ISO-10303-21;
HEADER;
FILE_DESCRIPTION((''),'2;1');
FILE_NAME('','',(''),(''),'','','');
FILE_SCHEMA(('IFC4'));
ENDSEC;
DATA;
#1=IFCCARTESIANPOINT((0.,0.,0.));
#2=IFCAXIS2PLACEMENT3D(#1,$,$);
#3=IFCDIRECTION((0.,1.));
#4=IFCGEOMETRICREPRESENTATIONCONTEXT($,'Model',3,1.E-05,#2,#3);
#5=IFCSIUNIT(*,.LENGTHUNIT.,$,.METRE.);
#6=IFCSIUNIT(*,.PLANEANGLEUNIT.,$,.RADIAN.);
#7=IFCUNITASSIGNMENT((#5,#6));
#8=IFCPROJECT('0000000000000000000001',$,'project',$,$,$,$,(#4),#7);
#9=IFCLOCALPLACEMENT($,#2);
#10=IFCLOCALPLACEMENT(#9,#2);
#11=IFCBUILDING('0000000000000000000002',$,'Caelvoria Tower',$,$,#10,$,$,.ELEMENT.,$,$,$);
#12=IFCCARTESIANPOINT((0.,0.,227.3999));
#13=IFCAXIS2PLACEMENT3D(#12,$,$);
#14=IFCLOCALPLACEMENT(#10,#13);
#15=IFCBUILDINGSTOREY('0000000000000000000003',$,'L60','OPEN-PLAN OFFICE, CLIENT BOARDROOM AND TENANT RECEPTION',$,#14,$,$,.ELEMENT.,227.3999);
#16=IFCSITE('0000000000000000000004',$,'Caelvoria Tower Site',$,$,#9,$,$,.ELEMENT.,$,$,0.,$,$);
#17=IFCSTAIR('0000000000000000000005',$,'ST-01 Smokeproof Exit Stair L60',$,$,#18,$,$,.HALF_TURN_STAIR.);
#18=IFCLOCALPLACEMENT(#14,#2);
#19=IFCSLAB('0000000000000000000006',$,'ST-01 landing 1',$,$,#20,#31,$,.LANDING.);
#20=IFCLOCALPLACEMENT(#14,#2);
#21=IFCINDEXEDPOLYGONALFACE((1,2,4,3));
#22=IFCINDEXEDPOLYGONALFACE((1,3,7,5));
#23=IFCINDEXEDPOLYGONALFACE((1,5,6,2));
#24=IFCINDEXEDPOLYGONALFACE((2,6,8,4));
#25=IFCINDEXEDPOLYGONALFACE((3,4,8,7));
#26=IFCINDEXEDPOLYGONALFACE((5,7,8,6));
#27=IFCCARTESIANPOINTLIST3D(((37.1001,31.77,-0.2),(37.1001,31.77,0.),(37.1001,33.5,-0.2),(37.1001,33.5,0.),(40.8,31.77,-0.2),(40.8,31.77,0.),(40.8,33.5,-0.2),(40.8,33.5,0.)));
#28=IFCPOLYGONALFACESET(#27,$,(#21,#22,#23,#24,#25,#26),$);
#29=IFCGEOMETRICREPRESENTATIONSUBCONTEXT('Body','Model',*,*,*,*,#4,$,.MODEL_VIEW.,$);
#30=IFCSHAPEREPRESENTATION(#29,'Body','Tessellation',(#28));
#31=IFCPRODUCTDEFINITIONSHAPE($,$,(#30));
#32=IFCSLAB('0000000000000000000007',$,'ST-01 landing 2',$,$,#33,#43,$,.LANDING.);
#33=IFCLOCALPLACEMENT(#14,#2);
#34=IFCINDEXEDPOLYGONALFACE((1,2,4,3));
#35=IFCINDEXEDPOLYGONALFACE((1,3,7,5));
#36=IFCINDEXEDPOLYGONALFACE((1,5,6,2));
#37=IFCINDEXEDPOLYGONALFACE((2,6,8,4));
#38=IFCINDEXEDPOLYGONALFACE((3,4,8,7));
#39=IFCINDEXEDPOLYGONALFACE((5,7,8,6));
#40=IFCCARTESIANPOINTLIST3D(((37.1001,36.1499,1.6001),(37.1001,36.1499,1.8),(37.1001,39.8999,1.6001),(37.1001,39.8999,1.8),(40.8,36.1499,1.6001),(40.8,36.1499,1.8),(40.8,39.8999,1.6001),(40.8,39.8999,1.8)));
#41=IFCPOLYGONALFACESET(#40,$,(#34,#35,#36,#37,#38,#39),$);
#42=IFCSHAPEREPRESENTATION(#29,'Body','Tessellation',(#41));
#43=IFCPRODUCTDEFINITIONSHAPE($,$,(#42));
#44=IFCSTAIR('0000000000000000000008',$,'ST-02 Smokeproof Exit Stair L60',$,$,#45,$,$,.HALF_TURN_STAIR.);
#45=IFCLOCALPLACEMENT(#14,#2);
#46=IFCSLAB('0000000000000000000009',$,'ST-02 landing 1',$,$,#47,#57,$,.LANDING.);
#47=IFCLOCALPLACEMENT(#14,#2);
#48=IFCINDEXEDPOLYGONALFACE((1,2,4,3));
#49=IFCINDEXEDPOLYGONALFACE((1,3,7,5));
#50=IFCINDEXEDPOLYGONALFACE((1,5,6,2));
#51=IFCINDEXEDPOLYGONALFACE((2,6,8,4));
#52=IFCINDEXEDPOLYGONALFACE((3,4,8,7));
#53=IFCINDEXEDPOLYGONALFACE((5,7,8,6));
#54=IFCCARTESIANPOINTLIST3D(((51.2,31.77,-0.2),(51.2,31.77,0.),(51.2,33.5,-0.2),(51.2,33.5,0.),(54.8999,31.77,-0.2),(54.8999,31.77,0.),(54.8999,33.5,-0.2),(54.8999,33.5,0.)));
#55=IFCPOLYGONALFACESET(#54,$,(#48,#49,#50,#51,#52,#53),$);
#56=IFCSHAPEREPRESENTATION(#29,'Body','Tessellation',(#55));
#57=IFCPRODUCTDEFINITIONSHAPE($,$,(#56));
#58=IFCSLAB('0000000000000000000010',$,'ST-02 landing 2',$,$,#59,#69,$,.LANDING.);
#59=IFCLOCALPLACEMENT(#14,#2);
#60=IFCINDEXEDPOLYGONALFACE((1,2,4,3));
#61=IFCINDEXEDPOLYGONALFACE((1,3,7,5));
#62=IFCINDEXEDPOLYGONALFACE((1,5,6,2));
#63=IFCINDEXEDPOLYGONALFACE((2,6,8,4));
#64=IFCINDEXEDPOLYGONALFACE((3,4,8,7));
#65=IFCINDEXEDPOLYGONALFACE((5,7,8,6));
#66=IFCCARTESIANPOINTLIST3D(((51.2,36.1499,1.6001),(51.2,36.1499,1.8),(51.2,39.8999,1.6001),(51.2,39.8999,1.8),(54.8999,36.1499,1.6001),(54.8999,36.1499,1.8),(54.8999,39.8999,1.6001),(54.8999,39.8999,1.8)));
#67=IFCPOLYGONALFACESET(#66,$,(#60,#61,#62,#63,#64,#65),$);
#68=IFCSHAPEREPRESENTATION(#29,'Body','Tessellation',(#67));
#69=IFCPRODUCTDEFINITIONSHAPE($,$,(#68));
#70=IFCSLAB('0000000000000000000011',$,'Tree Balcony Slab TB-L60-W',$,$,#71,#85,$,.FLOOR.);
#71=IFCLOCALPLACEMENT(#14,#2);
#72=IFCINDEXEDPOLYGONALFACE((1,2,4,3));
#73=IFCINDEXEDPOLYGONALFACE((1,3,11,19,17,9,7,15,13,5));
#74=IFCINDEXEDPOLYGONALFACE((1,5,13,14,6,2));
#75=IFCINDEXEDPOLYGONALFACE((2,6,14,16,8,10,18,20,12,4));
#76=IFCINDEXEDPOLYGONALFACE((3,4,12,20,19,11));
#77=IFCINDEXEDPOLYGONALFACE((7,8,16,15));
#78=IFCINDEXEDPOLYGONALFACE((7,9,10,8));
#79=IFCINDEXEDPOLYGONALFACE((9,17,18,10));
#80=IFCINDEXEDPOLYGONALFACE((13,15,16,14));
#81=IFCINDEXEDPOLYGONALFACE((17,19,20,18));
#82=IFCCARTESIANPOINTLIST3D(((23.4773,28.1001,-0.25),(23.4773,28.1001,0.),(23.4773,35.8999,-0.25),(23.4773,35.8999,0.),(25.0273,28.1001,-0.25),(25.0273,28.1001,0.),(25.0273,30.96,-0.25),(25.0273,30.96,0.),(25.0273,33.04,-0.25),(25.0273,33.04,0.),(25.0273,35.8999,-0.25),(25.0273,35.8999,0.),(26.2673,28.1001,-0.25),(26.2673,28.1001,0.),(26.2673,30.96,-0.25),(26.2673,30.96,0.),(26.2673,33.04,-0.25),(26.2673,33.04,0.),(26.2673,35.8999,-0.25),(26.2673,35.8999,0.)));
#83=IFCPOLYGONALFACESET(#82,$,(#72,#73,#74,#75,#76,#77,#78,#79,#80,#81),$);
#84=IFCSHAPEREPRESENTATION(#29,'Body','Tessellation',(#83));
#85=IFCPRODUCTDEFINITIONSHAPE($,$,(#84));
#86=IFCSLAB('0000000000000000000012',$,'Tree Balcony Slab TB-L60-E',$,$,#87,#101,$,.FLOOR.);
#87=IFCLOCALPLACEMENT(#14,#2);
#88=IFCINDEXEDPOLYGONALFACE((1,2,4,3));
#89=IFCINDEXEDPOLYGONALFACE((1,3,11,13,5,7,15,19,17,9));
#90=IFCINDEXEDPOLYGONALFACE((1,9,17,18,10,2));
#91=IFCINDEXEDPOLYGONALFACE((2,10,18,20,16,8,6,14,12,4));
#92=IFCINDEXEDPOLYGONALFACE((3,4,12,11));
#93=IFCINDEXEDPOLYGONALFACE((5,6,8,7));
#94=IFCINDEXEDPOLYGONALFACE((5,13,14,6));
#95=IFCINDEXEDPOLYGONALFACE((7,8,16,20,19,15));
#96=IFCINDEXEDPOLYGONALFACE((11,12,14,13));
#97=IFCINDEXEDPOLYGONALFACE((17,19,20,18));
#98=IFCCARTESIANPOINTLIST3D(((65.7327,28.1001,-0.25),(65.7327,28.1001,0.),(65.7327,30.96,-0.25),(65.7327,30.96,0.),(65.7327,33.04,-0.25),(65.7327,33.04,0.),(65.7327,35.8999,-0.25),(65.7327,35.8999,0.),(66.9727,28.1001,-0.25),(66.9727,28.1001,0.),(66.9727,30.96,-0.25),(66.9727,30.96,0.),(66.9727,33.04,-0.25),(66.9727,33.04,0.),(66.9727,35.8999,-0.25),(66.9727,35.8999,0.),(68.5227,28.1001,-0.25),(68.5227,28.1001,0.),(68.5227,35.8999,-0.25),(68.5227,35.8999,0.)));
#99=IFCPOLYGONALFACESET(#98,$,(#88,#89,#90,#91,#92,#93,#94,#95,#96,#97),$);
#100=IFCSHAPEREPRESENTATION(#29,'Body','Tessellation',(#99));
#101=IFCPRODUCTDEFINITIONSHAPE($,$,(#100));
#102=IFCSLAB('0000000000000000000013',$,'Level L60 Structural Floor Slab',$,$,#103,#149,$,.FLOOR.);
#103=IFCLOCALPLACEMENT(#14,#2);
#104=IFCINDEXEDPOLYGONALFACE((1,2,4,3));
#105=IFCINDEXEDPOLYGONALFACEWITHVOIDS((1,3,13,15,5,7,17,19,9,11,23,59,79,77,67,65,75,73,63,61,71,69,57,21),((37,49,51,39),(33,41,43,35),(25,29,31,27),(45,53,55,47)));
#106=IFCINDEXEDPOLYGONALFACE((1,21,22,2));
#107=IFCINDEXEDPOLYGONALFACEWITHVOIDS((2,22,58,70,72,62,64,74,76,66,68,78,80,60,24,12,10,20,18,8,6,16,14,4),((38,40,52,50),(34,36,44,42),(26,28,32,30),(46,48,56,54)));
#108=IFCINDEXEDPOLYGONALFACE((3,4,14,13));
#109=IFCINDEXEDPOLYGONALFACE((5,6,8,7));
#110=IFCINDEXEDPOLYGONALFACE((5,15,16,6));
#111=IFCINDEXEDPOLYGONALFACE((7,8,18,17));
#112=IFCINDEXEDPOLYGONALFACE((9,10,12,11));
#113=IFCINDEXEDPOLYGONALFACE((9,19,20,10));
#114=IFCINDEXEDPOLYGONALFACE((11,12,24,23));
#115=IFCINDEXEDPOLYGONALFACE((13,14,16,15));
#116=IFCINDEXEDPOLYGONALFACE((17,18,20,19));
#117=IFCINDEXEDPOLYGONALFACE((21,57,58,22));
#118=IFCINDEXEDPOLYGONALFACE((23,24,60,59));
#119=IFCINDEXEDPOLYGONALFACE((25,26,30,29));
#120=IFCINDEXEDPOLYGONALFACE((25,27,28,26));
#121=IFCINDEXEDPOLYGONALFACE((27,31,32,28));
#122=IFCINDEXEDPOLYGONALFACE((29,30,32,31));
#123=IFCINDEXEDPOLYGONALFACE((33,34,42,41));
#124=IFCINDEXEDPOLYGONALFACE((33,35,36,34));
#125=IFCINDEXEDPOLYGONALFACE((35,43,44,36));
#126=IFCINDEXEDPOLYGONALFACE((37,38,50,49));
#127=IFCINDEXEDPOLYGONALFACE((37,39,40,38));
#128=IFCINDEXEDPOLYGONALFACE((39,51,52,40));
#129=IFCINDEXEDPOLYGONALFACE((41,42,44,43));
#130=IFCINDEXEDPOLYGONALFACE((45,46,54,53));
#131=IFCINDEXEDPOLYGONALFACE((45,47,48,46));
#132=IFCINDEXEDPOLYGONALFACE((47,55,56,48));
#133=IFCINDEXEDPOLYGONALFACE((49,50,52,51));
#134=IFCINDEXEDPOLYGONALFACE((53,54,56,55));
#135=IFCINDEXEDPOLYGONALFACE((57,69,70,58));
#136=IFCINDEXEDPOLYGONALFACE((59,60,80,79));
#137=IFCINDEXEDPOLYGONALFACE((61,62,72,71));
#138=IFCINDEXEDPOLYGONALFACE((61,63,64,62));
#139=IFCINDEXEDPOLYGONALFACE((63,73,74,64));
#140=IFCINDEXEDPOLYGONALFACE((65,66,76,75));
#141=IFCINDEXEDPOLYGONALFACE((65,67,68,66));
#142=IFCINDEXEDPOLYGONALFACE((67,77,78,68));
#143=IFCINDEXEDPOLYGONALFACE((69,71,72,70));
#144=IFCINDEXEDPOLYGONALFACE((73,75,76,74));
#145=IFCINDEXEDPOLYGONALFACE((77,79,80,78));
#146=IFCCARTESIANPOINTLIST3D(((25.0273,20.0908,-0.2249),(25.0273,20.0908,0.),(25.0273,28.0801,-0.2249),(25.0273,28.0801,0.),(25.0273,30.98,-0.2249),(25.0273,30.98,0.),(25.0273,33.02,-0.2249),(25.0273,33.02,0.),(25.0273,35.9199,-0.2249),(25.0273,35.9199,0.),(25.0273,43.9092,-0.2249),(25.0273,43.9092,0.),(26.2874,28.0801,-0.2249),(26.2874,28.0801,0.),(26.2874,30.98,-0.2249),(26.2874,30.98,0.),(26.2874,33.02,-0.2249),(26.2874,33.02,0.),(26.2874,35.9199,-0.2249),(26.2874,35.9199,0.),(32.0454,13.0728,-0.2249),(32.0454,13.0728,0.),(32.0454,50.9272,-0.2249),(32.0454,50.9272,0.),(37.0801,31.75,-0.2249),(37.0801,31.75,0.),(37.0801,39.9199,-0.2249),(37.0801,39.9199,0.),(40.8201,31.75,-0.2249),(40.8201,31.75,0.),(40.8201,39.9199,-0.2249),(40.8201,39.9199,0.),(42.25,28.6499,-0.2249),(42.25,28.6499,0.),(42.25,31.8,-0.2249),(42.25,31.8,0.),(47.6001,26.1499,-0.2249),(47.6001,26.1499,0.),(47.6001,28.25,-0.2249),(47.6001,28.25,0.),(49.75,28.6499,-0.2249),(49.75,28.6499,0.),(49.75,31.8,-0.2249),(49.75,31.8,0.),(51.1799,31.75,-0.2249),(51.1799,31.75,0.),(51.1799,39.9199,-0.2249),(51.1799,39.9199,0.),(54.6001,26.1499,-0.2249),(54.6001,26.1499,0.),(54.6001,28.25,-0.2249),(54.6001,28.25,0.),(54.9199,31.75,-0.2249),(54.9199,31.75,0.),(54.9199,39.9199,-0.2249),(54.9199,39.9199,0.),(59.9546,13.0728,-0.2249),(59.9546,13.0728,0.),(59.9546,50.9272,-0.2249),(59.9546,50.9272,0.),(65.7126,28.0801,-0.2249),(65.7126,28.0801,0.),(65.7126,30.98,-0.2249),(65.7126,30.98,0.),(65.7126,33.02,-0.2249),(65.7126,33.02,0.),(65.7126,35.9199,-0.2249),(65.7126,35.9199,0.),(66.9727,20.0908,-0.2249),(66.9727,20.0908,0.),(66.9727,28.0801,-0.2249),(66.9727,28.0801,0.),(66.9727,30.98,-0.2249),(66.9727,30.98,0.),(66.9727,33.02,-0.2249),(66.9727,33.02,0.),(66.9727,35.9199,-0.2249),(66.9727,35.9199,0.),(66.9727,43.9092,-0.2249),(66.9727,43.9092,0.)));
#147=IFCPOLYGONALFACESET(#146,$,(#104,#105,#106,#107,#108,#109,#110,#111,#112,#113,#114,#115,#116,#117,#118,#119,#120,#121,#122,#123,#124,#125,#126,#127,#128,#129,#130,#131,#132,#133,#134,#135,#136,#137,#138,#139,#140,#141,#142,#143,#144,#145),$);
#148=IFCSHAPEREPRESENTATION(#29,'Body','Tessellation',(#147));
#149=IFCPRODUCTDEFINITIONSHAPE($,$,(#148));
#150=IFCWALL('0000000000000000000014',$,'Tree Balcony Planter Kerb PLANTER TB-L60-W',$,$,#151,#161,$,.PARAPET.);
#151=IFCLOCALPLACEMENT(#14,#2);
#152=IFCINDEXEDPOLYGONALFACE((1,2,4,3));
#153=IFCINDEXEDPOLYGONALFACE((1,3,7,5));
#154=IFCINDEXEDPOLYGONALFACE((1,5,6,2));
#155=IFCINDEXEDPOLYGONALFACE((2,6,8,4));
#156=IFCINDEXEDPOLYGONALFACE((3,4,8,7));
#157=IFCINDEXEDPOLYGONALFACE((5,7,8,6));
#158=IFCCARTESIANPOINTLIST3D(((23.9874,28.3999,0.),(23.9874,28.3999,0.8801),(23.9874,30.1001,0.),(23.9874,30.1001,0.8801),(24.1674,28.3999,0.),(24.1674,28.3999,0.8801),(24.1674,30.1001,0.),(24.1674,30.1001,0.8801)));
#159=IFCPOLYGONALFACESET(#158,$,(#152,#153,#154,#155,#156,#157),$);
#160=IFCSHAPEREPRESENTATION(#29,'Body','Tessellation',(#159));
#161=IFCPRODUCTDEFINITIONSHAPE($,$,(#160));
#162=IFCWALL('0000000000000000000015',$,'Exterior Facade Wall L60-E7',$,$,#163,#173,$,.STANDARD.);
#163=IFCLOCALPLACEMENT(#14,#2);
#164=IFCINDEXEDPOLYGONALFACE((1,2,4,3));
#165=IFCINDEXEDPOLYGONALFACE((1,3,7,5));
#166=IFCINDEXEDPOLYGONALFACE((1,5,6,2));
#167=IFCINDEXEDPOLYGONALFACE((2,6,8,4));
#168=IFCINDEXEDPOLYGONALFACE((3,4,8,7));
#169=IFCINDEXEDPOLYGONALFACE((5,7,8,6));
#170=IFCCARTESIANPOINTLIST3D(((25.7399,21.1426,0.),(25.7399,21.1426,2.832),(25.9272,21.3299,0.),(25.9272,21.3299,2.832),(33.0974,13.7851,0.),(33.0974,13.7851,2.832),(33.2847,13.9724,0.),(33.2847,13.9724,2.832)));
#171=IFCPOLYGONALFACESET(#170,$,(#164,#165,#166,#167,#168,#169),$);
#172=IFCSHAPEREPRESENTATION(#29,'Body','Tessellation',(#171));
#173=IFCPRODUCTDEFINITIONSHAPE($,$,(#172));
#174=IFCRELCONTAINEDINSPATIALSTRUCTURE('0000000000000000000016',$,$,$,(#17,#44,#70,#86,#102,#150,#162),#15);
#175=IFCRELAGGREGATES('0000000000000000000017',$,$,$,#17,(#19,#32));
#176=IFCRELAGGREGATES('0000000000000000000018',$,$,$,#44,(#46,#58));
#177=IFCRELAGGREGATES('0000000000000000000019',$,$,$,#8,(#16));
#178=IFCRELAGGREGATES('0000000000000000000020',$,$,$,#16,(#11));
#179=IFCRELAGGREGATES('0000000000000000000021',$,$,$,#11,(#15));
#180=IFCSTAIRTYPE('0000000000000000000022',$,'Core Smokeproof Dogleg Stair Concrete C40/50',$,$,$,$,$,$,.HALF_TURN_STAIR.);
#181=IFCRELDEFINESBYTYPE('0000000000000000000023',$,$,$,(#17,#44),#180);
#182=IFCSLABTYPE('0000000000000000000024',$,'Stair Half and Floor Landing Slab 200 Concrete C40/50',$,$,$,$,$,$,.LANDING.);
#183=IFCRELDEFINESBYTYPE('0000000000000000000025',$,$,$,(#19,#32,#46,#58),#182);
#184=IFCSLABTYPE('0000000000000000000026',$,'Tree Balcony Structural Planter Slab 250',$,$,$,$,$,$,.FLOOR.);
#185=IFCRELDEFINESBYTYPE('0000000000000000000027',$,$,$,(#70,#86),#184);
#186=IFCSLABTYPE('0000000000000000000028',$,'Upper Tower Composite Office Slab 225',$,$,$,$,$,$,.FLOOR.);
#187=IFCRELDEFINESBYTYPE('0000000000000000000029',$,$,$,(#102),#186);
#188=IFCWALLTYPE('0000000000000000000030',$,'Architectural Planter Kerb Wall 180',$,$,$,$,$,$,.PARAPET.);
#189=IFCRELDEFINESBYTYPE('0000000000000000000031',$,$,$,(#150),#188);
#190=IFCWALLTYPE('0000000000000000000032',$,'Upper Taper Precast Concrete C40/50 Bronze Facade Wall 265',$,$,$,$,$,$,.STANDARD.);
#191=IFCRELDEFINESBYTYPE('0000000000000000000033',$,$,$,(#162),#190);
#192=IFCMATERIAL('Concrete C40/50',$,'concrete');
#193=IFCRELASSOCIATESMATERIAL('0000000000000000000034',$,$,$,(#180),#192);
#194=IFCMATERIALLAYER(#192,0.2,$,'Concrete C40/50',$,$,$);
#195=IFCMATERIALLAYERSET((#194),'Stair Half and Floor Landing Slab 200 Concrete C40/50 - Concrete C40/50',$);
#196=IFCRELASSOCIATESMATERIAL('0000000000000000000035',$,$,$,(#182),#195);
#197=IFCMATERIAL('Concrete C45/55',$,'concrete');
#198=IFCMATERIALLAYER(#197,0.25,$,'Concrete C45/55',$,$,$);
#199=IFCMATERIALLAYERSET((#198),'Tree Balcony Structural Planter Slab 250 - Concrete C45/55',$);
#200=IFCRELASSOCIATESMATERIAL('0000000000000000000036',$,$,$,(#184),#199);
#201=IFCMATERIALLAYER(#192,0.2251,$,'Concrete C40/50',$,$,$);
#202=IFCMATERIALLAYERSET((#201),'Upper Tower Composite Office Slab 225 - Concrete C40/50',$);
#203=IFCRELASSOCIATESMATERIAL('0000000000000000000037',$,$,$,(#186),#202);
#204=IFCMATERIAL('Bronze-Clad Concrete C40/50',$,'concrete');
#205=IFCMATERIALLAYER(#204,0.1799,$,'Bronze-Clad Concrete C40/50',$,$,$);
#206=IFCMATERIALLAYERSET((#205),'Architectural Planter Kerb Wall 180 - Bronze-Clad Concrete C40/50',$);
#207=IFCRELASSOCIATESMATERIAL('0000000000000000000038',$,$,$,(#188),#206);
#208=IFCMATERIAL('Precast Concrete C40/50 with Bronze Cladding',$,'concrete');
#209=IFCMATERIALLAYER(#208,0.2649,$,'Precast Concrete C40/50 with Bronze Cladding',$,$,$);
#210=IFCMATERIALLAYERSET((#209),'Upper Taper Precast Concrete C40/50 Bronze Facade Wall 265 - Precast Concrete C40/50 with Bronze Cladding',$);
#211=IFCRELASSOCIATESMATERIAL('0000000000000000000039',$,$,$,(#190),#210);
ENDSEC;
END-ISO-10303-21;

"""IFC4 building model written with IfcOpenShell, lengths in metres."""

from ifc_helpers import new_model, si_unit, direction, frame, frame_2d, origin, place, context, subcontext, project, spatial, polyline, rectangle, outline, extrude, material, layer, layer_set, type_object, element, aggregate, save


model = new_model("IFC4")

# Units and contexts
model_context = context("Model", 3, precision=1e-05, world=origin(), true_north=direction((0.0, 1.0)))
body_context = subcontext(model_context, "Body", "Model", "MODEL_VIEW")
ifc_project = project(units=[si_unit("LENGTHUNIT", "METRE"), si_unit("PLANEANGLEUNIT", "RADIAN")], contexts=[model_context])

# Site, building, storey
site_placement = place(None, origin())
site = spatial("IfcSite", under=ifc_project, at=site_placement, Name="Caelvoria Tower Site", CompositionType="ELEMENT", RefElevation=0.0)
building_placement = place(site_placement, origin())
building = spatial("IfcBuilding", under=site, at=building_placement, Name="Caelvoria Tower", CompositionType="ELEMENT")
storey_placement = place(building_placement, frame((0.0, 0.0, 227.3999)))
storey = spatial("IfcBuildingStorey", under=building, at=storey_placement, Name="L60", Description="OPEN-PLAN OFFICE, CLIENT BOARDROOM AND TENANT RECEPTION", CompositionType="ELEMENT", Elevation=227.3999)

# Stairs, slabs
ifc_material_1 = material(Name="Concrete C40/50", Category="concrete")
stair_type = type_object("IfcStairType", Name="Core Smokeproof Dogleg Stair Concrete C40/50", PredefinedType="HALF_TURN_STAIR", material=ifc_material_1)
stair_1_placement = place(storey_placement, origin())
stair_1 = element("IfcStair", 1, at=stair_1_placement, inside=storey, type_object=stair_type, Name="ST-01 Smokeproof Exit Stair L60", PredefinedType="HALF_TURN_STAIR")
ifc_layer_1 = layer(ifc_material_1, 0.2, Name="Concrete C40/50")
ifc_layer_set_1 = layer_set([ifc_layer_1], Name="Stair Half and Floor Landing Slab 200 Concrete C40/50 - Concrete C40/50")
slab_type_1 = type_object("IfcSlabType", Name="Stair Half and Floor Landing Slab 200 Concrete C40/50", PredefinedType="LANDING", material=ifc_layer_set_1)
slab_1_placement = place(storey_placement, frame((0.0, 0.0, -0.2)))
slab_1 = element("IfcSlab", 2, at=slab_1_placement, type_object=slab_type_1, Name="ST-01 landing 1", PredefinedType="LANDING", context=body_context, shape_type="SweptSolid", body=[
    extrude(outline(polyline([(37.1001, 31.77), (40.8, 31.77), (40.8, 33.5), (37.1001, 33.5), (37.1001, 31.77)])), origin(), (0.0, 0.0, 1.0), 0.2),
])
slab_2_placement = place(storey_placement, frame((0.0, 0.0, 1.6001)))
slab_2 = element("IfcSlab", 3, at=slab_2_placement, type_object=slab_type_1, Name="ST-01 landing 2", PredefinedType="LANDING", context=body_context, shape_type="SweptSolid", body=[
    extrude(outline(polyline([(37.1001, 36.1499), (40.8, 36.1499), (40.8, 39.8999), (37.1001, 39.8999), (37.1001, 36.1499)])), origin(), (0.0, 0.0, 1.0), 0.2),
])
aggregate(stair_1, [slab_1, slab_2])
stair_2_placement = place(storey_placement, origin())
stair_2 = element("IfcStair", 4, at=stair_2_placement, inside=storey, type_object=stair_type, Name="ST-02 Smokeproof Exit Stair L60", PredefinedType="HALF_TURN_STAIR")
slab_3_placement = place(storey_placement, frame((0.0, 0.0, -0.2)))
slab_3 = element("IfcSlab", 5, at=slab_3_placement, type_object=slab_type_1, Name="ST-02 landing 1", PredefinedType="LANDING", context=body_context, shape_type="SweptSolid", body=[
    extrude(outline(polyline([(51.2, 31.77), (54.8999, 31.77), (54.8999, 33.5), (51.2, 33.5), (51.2, 31.77)])), origin(), (0.0, 0.0, 1.0), 0.2),
])
slab_4_placement = place(storey_placement, frame((0.0, 0.0, 1.6001)))
slab_4 = element("IfcSlab", 6, at=slab_4_placement, type_object=slab_type_1, Name="ST-02 landing 2", PredefinedType="LANDING", context=body_context, shape_type="SweptSolid", body=[
    extrude(outline(polyline([(51.2, 36.1499), (54.8999, 36.1499), (54.8999, 39.8999), (51.2, 39.8999), (51.2, 36.1499)])), origin(), (0.0, 0.0, 1.0), 0.2),
])
aggregate(stair_2, [slab_3, slab_4])

# Slabs
ifc_material_2 = material(Name="Concrete C45/55", Category="concrete")
ifc_layer_2 = layer(ifc_material_2, 0.25, Name="Concrete C45/55")
ifc_layer_set_2 = layer_set([ifc_layer_2], Name="Tree Balcony Structural Planter Slab 250 - Concrete C45/55")
slab_type_2 = type_object("IfcSlabType", Name="Tree Balcony Structural Planter Slab 250", PredefinedType="FLOOR", material=ifc_layer_set_2)
slab_5_placement = place(storey_placement, frame((0.0, 0.0, -0.25)))
element("IfcSlab", 7, at=slab_5_placement, inside=storey, type_object=slab_type_2, Name="Tree Balcony Slab TB-L60-W", PredefinedType="FLOOR", context=body_context, shape_type="SweptSolid", body=[
    extrude(outline(polyline([(23.4773, 28.1001), (25.0273, 28.1001), (26.2673, 28.1001), (26.2673, 30.96), (25.0273, 30.96), (25.0273, 33.04), (26.2673, 33.04), (26.2673, 35.8999), (25.0273, 35.8999), (23.4773, 35.8999), (23.4773, 28.1001)])), origin(), (0.0, 0.0, 1.0), 0.25),
])
slab_6_placement = place(storey_placement, frame((0.0, 0.0, -0.25)))
element("IfcSlab", 8, at=slab_6_placement, inside=storey, type_object=slab_type_2, Name="Tree Balcony Slab TB-L60-E", PredefinedType="FLOOR", context=body_context, shape_type="SweptSolid", body=[
    extrude(outline(polyline([(66.9727, 35.8999), (65.7327, 35.8999), (65.7327, 33.04), (66.9727, 33.04), (66.9727, 30.96), (65.7327, 30.96), (65.7327, 28.1001), (66.9727, 28.1001), (68.5227, 28.1001), (68.5227, 35.8999), (66.9727, 35.8999)])), origin(), (0.0, 0.0, 1.0), 0.25),
])
ifc_layer_3 = layer(ifc_material_1, 0.2251, Name="Concrete C40/50")
ifc_layer_set_3 = layer_set([ifc_layer_3], Name="Upper Tower Composite Office Slab 225 - Concrete C40/50")
slab_type_3 = type_object("IfcSlabType", Name="Upper Tower Composite Office Slab 225", PredefinedType="FLOOR", material=ifc_layer_set_3)
slab_7_placement = place(storey_placement, frame((0.0, 0.0, -0.2249)))
element("IfcSlab", 9, at=slab_7_placement, inside=storey, type_object=slab_type_3, Name="Level L60 Structural Floor Slab", PredefinedType="FLOOR", context=body_context, shape_type="SweptSolid", body=[
    extrude(outline(polyline([(59.9546, 50.9272), (32.0454, 50.9272), (25.0273, 43.9092), (25.0273, 35.9199), (26.2874, 35.9199), (26.2874, 33.02), (25.0273, 33.02), (25.0273, 30.98), (26.2874, 30.98), (26.2874, 28.0801), (25.0273, 28.0801), (25.0273, 20.0908), (32.0454, 13.0728), (59.9546, 13.0728), (66.9727, 20.0908), (66.9727, 28.0801), (65.7126, 28.0801), (65.7126, 30.98), (66.9727, 30.98), (66.9727, 33.02), (65.7126, 33.02), (65.7126, 35.9199), (66.9727, 35.9199), (66.9727, 43.9092), (59.9546, 50.9272)]), holes=[polyline([(37.0801, 31.75), (40.8201, 31.75), (40.8201, 39.9199), (37.0801, 39.9199), (37.0801, 31.75)]), polyline([(51.1799, 31.75), (54.9199, 31.75), (54.9199, 39.9199), (51.1799, 39.9199), (51.1799, 31.75)]), polyline([(42.25, 28.6499), (49.75, 28.6499), (49.75, 31.8), (42.25, 31.8), (42.25, 28.6499)]), polyline([(47.6001, 26.1499), (54.6001, 26.1499), (54.6001, 28.25), (47.6001, 28.25), (47.6001, 26.1499)])]), origin(), (0.0, 0.0, 1.0), 0.2249),
])

# Walls
ifc_material_3 = material(Name="Bronze-Clad Concrete C40/50", Category="concrete")
ifc_layer_4 = layer(ifc_material_3, 0.1799, Name="Bronze-Clad Concrete C40/50")
ifc_layer_set_4 = layer_set([ifc_layer_4], Name="Architectural Planter Kerb Wall 180 - Bronze-Clad Concrete C40/50")
wall_type_1 = type_object("IfcWallType", Name="Architectural Planter Kerb Wall 180", PredefinedType="PARAPET", material=ifc_layer_set_4)
wall_1_placement = place(storey_placement, frame((24.0774, 28.3999, 0.0), z_axis=(0.0, 0.0, 1.0), x_axis=(0.0, 1.0, 0.0)))
element("IfcWall", 10, at=wall_1_placement, inside=storey, type_object=wall_type_1, Name="Tree Balcony Planter Kerb PLANTER TB-L60-W", PredefinedType="PARAPET", context=body_context, shape_type="SweptSolid", body=[
    extrude(rectangle(XDim=1.7002, YDim=0.1799, at=frame_2d((0.8501, 0.0))), origin(), (0.0, 0.0, 1.0), 0.8801),
])
ifc_material_4 = material(Name="Precast Concrete C40/50 with Bronze Cladding", Category="concrete")
ifc_layer_5 = layer(ifc_material_4, 0.2649, Name="Precast Concrete C40/50 with Bronze Cladding")
ifc_layer_set_5 = layer_set([ifc_layer_5], Name="Upper Taper Precast Concrete C40/50 Bronze Facade Wall 265 - Precast Concrete C40/50 with Bronze Cladding")
wall_type_2 = type_object("IfcWallType", Name="Upper Taper Precast Concrete C40/50 Bronze Facade Wall 265", PredefinedType="STANDARD", material=ifc_layer_set_5)
wall_2_placement = place(storey_placement, frame((25.8335, 21.2363, 0.0), z_axis=(0.0, 0.0, 1.0), x_axis=(0.707107, -0.707107, 0.0)))
element("IfcWall", 11, at=wall_2_placement, inside=storey, type_object=wall_type_2, Name="Exterior Facade Wall L60-E7", PredefinedType="STANDARD", context=body_context, shape_type="SweptSolid", body=[
    extrude(rectangle(XDim=10.405, YDim=0.2649, at=frame_2d((5.2026, 0.0))), origin(), (0.0, 0.0, 1.0), 2.832),
])

save(model, "model.ifc")
